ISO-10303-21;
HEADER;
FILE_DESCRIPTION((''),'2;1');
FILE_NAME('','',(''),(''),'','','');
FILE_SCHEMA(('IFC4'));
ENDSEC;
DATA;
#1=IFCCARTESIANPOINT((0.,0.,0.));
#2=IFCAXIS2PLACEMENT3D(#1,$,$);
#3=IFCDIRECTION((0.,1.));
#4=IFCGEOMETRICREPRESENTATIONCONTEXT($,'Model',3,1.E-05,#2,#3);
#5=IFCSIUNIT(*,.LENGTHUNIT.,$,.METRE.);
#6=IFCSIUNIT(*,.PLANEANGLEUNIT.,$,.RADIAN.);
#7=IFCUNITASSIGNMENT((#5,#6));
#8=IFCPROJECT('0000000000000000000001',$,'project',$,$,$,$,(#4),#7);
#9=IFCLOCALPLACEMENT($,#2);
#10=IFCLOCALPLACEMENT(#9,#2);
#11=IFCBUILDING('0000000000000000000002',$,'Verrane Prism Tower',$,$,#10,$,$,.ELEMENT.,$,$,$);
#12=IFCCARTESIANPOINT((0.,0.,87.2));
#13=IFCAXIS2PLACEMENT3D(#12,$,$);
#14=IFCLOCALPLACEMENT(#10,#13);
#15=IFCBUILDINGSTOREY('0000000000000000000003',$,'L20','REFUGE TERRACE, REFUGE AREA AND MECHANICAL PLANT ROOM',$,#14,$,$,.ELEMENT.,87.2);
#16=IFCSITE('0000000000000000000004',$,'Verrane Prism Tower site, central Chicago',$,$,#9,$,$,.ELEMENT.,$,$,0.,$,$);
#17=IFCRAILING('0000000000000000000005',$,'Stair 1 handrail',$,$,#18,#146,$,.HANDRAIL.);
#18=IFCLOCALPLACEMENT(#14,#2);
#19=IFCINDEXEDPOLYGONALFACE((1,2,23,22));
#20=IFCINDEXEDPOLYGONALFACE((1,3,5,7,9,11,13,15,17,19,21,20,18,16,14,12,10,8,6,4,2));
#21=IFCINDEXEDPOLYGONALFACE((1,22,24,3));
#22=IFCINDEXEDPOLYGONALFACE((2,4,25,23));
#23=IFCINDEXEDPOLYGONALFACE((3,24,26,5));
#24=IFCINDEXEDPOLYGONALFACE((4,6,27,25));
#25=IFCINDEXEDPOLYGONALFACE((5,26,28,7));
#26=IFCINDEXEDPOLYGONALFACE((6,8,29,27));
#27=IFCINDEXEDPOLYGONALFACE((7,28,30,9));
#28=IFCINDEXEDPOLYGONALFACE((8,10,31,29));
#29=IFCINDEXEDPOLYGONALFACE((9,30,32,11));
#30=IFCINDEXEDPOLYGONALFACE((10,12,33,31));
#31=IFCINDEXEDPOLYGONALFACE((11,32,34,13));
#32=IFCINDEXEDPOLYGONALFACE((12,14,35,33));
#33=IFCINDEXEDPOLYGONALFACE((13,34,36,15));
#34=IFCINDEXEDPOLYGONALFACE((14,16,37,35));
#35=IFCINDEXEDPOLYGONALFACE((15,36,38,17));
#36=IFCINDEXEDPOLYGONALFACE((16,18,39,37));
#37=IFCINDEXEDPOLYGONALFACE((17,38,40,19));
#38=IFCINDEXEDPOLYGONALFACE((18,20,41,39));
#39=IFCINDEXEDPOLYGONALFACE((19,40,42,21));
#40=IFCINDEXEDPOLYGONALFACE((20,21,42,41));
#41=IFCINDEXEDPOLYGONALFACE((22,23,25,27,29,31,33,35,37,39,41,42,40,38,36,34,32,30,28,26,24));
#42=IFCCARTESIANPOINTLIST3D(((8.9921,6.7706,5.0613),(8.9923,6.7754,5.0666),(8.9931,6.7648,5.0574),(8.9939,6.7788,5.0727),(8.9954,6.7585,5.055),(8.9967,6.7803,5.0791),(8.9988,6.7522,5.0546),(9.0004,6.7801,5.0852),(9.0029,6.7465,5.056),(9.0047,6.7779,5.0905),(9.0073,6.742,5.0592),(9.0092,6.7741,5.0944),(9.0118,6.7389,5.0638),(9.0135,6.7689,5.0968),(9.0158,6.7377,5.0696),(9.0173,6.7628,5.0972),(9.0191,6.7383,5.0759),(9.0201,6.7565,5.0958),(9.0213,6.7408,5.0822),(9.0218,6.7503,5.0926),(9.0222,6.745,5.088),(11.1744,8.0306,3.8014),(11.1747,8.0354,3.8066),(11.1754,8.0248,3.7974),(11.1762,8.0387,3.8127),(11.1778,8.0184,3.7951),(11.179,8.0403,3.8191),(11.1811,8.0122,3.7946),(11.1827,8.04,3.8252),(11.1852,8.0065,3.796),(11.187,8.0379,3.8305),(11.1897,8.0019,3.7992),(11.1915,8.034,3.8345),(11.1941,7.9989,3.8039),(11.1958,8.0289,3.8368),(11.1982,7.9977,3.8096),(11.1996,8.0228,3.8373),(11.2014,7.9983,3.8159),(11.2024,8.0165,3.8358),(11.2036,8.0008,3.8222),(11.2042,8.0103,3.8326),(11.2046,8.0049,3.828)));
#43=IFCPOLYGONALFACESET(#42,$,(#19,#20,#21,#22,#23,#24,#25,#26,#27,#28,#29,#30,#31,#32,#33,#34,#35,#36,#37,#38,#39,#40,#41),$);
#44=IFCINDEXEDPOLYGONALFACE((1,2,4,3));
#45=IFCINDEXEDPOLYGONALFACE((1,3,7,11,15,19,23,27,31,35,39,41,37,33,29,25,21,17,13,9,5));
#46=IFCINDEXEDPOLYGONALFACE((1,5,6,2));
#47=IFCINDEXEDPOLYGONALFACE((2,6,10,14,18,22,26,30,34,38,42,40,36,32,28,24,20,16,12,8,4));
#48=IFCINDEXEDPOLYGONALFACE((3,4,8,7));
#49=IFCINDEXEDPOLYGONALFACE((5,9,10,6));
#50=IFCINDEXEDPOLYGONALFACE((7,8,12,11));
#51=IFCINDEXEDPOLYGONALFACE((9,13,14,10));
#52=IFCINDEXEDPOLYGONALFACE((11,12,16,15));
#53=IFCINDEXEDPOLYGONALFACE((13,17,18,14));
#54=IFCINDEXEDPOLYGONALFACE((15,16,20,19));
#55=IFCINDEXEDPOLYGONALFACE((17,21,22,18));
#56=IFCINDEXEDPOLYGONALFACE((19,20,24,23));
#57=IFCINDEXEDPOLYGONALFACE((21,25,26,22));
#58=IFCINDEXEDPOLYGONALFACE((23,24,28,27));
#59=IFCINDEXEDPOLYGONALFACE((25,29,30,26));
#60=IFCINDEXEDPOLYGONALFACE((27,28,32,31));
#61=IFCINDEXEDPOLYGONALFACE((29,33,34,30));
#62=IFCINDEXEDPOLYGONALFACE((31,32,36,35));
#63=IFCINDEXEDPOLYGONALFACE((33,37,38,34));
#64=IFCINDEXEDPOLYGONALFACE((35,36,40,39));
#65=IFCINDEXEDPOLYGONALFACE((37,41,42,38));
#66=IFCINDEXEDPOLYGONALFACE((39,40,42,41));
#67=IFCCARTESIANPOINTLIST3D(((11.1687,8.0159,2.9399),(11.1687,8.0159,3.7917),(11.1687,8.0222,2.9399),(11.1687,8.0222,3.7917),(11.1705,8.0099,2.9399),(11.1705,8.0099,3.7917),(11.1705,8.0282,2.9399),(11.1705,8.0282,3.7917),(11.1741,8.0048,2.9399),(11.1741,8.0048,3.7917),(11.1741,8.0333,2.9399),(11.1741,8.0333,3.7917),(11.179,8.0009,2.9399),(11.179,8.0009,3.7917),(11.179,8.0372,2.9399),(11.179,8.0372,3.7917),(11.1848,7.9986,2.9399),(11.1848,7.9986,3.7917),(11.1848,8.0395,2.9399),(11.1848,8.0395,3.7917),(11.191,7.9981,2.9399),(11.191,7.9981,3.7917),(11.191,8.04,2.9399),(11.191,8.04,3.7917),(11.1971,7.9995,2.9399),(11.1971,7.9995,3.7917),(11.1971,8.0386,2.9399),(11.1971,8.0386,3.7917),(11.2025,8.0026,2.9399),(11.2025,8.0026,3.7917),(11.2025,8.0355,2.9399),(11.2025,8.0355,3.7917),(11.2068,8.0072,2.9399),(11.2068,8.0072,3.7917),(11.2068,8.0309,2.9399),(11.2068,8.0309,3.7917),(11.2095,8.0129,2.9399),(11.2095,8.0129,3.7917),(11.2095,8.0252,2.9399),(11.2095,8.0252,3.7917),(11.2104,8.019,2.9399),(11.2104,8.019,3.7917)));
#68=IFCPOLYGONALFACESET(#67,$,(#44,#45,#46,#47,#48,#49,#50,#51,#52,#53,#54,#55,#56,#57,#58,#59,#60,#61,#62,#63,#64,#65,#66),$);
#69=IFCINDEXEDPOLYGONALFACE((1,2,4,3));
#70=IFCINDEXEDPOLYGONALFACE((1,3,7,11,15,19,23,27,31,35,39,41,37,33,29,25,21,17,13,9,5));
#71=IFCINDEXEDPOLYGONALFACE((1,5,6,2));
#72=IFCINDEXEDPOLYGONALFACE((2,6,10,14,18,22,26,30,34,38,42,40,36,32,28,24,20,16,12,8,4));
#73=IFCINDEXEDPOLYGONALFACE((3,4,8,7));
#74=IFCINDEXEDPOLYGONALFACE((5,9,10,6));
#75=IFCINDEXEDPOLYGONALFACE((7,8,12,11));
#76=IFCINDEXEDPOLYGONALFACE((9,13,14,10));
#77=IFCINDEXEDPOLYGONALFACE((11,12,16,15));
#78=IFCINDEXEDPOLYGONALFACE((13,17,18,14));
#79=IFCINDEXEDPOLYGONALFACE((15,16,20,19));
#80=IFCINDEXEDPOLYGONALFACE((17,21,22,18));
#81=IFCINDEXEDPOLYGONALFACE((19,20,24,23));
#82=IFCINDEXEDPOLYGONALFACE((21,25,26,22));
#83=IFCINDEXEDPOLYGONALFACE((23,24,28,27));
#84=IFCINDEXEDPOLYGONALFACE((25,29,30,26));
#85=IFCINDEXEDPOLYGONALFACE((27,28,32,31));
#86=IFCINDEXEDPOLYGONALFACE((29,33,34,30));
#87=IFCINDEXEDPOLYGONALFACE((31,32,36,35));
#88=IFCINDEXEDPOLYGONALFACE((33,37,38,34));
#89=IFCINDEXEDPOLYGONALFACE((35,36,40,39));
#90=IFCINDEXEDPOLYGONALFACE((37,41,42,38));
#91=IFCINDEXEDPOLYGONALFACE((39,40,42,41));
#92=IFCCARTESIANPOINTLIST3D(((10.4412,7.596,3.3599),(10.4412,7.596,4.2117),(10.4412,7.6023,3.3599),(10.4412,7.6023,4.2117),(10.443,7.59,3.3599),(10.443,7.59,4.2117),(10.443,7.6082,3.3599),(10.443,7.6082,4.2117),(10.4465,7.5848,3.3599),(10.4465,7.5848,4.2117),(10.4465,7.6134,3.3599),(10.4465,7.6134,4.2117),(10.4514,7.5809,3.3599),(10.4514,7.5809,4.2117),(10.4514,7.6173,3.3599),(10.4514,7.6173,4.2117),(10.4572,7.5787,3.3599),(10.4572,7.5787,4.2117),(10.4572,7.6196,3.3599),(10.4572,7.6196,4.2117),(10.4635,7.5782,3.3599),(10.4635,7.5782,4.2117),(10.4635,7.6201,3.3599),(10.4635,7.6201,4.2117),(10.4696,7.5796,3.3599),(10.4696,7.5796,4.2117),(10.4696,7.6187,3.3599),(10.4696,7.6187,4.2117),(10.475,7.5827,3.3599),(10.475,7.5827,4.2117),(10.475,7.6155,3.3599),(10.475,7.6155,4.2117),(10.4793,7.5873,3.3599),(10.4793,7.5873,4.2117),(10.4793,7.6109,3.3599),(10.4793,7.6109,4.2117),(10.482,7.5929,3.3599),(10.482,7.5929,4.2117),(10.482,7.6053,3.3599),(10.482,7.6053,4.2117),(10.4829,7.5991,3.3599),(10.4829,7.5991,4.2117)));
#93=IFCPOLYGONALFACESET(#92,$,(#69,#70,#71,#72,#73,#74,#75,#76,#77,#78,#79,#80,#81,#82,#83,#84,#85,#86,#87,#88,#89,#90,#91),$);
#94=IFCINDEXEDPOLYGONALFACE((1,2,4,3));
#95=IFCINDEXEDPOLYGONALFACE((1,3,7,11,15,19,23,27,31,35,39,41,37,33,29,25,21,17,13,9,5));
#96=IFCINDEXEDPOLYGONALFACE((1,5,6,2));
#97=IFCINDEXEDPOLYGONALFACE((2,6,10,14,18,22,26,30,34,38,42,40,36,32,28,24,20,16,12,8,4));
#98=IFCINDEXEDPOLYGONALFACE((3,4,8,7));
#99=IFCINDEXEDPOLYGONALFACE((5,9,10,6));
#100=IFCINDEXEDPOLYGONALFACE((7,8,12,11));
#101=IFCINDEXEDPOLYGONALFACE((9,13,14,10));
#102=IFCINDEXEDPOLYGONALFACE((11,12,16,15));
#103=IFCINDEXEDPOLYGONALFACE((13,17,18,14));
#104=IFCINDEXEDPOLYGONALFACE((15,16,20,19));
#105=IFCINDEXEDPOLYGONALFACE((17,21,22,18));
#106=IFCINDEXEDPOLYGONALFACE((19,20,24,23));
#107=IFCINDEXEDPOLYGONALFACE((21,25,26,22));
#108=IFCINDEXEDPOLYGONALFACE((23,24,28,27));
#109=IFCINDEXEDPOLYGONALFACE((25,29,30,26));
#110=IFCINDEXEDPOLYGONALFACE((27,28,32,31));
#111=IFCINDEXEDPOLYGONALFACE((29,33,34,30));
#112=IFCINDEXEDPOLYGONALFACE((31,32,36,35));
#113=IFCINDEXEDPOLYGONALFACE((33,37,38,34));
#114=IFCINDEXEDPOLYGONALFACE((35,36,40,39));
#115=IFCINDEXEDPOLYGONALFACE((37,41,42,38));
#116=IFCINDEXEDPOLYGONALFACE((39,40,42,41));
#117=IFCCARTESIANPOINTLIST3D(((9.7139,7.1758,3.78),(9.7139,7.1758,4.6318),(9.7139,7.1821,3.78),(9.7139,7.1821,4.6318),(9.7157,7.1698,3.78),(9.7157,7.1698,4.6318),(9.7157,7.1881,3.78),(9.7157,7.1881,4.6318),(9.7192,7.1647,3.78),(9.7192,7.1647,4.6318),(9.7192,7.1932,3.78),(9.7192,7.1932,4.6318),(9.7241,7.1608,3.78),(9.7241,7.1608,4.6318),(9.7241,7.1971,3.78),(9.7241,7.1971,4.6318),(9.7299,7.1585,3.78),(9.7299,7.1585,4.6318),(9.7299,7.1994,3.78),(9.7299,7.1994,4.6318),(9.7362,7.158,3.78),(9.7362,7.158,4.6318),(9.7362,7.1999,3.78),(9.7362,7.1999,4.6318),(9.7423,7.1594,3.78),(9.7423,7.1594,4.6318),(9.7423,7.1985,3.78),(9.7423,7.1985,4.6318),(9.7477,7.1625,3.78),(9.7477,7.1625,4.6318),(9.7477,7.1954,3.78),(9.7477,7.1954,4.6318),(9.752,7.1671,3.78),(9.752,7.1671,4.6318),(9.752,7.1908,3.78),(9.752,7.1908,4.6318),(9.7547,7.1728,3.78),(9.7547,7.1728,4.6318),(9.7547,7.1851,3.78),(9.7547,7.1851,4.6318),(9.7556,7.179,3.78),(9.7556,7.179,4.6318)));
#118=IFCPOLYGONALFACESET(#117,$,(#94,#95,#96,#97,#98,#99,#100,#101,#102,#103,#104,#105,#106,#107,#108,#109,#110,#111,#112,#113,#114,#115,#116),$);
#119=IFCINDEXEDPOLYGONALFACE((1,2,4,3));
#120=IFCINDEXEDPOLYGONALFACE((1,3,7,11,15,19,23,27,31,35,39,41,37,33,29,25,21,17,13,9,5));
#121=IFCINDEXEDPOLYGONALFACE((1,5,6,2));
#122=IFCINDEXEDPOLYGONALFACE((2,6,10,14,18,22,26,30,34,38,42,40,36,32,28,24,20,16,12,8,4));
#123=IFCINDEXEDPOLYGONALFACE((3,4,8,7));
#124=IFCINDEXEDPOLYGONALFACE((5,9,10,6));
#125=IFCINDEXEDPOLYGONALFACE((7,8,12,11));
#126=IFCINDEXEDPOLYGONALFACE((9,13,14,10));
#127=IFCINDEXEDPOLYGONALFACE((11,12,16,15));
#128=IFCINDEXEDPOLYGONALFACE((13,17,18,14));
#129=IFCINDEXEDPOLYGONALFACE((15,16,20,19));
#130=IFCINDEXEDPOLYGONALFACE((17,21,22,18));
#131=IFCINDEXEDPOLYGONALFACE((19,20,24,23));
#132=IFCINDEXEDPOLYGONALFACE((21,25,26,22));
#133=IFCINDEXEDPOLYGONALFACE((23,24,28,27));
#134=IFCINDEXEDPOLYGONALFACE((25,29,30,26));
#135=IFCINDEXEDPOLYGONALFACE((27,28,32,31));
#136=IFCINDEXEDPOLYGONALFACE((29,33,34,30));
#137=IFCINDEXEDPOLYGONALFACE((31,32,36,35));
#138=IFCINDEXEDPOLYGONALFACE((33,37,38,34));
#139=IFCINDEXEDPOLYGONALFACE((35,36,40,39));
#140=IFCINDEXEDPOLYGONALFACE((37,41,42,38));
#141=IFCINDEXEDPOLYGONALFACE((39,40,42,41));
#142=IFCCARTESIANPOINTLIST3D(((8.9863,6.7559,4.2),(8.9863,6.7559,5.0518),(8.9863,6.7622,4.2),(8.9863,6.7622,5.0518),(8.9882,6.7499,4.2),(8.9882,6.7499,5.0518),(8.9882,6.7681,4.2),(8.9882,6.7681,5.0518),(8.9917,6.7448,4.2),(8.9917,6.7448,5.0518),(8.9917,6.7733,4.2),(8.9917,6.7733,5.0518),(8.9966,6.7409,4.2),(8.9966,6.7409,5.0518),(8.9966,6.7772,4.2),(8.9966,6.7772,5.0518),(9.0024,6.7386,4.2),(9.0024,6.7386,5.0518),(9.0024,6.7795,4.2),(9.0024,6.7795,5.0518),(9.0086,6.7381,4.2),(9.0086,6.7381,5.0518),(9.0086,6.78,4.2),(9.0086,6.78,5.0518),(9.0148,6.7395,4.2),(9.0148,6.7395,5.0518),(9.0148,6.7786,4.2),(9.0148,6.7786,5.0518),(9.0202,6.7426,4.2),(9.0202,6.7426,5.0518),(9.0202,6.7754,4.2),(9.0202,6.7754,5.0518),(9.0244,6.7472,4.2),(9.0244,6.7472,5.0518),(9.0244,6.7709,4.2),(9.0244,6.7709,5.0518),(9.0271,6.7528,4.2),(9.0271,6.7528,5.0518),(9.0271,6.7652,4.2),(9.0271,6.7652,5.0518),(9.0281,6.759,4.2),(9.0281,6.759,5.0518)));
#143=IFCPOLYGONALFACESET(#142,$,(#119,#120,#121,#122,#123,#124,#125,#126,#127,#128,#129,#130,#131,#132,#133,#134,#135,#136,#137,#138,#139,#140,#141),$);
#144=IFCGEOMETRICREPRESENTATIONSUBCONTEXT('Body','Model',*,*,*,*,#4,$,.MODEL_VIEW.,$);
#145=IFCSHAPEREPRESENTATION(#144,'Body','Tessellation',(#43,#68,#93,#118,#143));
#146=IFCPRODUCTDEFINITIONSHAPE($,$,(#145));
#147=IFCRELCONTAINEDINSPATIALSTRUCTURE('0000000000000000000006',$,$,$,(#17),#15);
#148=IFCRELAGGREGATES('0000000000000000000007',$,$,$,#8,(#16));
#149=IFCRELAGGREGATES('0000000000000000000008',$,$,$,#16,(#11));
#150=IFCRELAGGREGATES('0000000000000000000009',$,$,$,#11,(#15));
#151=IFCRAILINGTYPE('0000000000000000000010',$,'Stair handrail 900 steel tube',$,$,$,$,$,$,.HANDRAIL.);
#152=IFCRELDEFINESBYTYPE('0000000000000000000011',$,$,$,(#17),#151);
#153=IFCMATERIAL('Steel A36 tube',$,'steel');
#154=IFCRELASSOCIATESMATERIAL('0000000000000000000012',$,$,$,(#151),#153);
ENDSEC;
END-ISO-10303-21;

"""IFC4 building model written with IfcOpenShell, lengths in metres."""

from ifc_helpers import new_model, si_unit, direction, frame, origin, origin_2d, place, context, subcontext, project, spatial, circle, extrude, material, type_object, element, save


model = new_model("IFC4")

# Units and contexts
model_context = context("Model", 3, precision=1e-05, world=origin(), true_north=direction((0.0, 1.0)))
body_context = subcontext(model_context, "Body", "Model", "MODEL_VIEW")
ifc_project = project(units=[si_unit("LENGTHUNIT", "METRE"), si_unit("PLANEANGLEUNIT", "RADIAN")], contexts=[model_context])

# Site, building, storey
site_placement = place(None, origin())
site = spatial("IfcSite", under=ifc_project, at=site_placement, Name="Verrane Prism Tower site, central Chicago", CompositionType="ELEMENT", RefElevation=0.0)
building_placement = place(site_placement, origin())
building = spatial("IfcBuilding", under=site, at=building_placement, Name="Verrane Prism Tower", CompositionType="ELEMENT")
storey_placement = place(building_placement, frame((0.0, 0.0, 87.2)))
storey = spatial("IfcBuildingStorey", under=building, at=storey_placement, Name="L20", Description="REFUGE TERRACE, REFUGE AREA AND MECHANICAL PLANT ROOM", CompositionType="ELEMENT", Elevation=87.2)

# Railing
ifc_material_1 = material(Name="Steel A36 tube", Category="steel")
railing_type_1 = type_object("IfcRailingType", Name="Stair handrail 900 steel tube", PredefinedType="HANDRAIL", material=ifc_material_1)
railing_1_placement = place(storey_placement, frame((11.1895, 8.019, 2.9399)))
element("IfcRailing", 1, at=railing_1_placement, inside=storey, type_object=railing_type_1, Name="Stair 1 handrail", PredefinedType="HANDRAIL", context=body_context, shape_type="SweptSolid", body=[
    extrude(circle(Radius=0.0239, at=origin_2d()), frame((0.0, 0.0, 0.876), z_axis=(-0.774593, -0.447217, 0.447217), x_axis=(0.500005, -0.866023, 0.0)), (0.0, 0.0, 1.0), 2.8174),
    extrude(circle(Radius=0.021, at=origin_2d()), origin(), (0.0, 0.0, 1.0), 0.8518),
    extrude(circle(Radius=0.021, at=origin_2d()), frame((-0.7275, -0.4199, 0.4199)), (0.0, 0.0, 1.0), 0.8518),
    extrude(circle(Radius=0.021, at=origin_2d()), frame((-1.4548, -0.8401, 0.8401)), (0.0, 0.0, 1.0), 0.8518),
    extrude(circle(Radius=0.021, at=origin_2d()), frame((-2.1824, -1.26, 1.26)), (0.0, 0.0, 1.0), 0.8518),
])

save(model, "model.ifc")
